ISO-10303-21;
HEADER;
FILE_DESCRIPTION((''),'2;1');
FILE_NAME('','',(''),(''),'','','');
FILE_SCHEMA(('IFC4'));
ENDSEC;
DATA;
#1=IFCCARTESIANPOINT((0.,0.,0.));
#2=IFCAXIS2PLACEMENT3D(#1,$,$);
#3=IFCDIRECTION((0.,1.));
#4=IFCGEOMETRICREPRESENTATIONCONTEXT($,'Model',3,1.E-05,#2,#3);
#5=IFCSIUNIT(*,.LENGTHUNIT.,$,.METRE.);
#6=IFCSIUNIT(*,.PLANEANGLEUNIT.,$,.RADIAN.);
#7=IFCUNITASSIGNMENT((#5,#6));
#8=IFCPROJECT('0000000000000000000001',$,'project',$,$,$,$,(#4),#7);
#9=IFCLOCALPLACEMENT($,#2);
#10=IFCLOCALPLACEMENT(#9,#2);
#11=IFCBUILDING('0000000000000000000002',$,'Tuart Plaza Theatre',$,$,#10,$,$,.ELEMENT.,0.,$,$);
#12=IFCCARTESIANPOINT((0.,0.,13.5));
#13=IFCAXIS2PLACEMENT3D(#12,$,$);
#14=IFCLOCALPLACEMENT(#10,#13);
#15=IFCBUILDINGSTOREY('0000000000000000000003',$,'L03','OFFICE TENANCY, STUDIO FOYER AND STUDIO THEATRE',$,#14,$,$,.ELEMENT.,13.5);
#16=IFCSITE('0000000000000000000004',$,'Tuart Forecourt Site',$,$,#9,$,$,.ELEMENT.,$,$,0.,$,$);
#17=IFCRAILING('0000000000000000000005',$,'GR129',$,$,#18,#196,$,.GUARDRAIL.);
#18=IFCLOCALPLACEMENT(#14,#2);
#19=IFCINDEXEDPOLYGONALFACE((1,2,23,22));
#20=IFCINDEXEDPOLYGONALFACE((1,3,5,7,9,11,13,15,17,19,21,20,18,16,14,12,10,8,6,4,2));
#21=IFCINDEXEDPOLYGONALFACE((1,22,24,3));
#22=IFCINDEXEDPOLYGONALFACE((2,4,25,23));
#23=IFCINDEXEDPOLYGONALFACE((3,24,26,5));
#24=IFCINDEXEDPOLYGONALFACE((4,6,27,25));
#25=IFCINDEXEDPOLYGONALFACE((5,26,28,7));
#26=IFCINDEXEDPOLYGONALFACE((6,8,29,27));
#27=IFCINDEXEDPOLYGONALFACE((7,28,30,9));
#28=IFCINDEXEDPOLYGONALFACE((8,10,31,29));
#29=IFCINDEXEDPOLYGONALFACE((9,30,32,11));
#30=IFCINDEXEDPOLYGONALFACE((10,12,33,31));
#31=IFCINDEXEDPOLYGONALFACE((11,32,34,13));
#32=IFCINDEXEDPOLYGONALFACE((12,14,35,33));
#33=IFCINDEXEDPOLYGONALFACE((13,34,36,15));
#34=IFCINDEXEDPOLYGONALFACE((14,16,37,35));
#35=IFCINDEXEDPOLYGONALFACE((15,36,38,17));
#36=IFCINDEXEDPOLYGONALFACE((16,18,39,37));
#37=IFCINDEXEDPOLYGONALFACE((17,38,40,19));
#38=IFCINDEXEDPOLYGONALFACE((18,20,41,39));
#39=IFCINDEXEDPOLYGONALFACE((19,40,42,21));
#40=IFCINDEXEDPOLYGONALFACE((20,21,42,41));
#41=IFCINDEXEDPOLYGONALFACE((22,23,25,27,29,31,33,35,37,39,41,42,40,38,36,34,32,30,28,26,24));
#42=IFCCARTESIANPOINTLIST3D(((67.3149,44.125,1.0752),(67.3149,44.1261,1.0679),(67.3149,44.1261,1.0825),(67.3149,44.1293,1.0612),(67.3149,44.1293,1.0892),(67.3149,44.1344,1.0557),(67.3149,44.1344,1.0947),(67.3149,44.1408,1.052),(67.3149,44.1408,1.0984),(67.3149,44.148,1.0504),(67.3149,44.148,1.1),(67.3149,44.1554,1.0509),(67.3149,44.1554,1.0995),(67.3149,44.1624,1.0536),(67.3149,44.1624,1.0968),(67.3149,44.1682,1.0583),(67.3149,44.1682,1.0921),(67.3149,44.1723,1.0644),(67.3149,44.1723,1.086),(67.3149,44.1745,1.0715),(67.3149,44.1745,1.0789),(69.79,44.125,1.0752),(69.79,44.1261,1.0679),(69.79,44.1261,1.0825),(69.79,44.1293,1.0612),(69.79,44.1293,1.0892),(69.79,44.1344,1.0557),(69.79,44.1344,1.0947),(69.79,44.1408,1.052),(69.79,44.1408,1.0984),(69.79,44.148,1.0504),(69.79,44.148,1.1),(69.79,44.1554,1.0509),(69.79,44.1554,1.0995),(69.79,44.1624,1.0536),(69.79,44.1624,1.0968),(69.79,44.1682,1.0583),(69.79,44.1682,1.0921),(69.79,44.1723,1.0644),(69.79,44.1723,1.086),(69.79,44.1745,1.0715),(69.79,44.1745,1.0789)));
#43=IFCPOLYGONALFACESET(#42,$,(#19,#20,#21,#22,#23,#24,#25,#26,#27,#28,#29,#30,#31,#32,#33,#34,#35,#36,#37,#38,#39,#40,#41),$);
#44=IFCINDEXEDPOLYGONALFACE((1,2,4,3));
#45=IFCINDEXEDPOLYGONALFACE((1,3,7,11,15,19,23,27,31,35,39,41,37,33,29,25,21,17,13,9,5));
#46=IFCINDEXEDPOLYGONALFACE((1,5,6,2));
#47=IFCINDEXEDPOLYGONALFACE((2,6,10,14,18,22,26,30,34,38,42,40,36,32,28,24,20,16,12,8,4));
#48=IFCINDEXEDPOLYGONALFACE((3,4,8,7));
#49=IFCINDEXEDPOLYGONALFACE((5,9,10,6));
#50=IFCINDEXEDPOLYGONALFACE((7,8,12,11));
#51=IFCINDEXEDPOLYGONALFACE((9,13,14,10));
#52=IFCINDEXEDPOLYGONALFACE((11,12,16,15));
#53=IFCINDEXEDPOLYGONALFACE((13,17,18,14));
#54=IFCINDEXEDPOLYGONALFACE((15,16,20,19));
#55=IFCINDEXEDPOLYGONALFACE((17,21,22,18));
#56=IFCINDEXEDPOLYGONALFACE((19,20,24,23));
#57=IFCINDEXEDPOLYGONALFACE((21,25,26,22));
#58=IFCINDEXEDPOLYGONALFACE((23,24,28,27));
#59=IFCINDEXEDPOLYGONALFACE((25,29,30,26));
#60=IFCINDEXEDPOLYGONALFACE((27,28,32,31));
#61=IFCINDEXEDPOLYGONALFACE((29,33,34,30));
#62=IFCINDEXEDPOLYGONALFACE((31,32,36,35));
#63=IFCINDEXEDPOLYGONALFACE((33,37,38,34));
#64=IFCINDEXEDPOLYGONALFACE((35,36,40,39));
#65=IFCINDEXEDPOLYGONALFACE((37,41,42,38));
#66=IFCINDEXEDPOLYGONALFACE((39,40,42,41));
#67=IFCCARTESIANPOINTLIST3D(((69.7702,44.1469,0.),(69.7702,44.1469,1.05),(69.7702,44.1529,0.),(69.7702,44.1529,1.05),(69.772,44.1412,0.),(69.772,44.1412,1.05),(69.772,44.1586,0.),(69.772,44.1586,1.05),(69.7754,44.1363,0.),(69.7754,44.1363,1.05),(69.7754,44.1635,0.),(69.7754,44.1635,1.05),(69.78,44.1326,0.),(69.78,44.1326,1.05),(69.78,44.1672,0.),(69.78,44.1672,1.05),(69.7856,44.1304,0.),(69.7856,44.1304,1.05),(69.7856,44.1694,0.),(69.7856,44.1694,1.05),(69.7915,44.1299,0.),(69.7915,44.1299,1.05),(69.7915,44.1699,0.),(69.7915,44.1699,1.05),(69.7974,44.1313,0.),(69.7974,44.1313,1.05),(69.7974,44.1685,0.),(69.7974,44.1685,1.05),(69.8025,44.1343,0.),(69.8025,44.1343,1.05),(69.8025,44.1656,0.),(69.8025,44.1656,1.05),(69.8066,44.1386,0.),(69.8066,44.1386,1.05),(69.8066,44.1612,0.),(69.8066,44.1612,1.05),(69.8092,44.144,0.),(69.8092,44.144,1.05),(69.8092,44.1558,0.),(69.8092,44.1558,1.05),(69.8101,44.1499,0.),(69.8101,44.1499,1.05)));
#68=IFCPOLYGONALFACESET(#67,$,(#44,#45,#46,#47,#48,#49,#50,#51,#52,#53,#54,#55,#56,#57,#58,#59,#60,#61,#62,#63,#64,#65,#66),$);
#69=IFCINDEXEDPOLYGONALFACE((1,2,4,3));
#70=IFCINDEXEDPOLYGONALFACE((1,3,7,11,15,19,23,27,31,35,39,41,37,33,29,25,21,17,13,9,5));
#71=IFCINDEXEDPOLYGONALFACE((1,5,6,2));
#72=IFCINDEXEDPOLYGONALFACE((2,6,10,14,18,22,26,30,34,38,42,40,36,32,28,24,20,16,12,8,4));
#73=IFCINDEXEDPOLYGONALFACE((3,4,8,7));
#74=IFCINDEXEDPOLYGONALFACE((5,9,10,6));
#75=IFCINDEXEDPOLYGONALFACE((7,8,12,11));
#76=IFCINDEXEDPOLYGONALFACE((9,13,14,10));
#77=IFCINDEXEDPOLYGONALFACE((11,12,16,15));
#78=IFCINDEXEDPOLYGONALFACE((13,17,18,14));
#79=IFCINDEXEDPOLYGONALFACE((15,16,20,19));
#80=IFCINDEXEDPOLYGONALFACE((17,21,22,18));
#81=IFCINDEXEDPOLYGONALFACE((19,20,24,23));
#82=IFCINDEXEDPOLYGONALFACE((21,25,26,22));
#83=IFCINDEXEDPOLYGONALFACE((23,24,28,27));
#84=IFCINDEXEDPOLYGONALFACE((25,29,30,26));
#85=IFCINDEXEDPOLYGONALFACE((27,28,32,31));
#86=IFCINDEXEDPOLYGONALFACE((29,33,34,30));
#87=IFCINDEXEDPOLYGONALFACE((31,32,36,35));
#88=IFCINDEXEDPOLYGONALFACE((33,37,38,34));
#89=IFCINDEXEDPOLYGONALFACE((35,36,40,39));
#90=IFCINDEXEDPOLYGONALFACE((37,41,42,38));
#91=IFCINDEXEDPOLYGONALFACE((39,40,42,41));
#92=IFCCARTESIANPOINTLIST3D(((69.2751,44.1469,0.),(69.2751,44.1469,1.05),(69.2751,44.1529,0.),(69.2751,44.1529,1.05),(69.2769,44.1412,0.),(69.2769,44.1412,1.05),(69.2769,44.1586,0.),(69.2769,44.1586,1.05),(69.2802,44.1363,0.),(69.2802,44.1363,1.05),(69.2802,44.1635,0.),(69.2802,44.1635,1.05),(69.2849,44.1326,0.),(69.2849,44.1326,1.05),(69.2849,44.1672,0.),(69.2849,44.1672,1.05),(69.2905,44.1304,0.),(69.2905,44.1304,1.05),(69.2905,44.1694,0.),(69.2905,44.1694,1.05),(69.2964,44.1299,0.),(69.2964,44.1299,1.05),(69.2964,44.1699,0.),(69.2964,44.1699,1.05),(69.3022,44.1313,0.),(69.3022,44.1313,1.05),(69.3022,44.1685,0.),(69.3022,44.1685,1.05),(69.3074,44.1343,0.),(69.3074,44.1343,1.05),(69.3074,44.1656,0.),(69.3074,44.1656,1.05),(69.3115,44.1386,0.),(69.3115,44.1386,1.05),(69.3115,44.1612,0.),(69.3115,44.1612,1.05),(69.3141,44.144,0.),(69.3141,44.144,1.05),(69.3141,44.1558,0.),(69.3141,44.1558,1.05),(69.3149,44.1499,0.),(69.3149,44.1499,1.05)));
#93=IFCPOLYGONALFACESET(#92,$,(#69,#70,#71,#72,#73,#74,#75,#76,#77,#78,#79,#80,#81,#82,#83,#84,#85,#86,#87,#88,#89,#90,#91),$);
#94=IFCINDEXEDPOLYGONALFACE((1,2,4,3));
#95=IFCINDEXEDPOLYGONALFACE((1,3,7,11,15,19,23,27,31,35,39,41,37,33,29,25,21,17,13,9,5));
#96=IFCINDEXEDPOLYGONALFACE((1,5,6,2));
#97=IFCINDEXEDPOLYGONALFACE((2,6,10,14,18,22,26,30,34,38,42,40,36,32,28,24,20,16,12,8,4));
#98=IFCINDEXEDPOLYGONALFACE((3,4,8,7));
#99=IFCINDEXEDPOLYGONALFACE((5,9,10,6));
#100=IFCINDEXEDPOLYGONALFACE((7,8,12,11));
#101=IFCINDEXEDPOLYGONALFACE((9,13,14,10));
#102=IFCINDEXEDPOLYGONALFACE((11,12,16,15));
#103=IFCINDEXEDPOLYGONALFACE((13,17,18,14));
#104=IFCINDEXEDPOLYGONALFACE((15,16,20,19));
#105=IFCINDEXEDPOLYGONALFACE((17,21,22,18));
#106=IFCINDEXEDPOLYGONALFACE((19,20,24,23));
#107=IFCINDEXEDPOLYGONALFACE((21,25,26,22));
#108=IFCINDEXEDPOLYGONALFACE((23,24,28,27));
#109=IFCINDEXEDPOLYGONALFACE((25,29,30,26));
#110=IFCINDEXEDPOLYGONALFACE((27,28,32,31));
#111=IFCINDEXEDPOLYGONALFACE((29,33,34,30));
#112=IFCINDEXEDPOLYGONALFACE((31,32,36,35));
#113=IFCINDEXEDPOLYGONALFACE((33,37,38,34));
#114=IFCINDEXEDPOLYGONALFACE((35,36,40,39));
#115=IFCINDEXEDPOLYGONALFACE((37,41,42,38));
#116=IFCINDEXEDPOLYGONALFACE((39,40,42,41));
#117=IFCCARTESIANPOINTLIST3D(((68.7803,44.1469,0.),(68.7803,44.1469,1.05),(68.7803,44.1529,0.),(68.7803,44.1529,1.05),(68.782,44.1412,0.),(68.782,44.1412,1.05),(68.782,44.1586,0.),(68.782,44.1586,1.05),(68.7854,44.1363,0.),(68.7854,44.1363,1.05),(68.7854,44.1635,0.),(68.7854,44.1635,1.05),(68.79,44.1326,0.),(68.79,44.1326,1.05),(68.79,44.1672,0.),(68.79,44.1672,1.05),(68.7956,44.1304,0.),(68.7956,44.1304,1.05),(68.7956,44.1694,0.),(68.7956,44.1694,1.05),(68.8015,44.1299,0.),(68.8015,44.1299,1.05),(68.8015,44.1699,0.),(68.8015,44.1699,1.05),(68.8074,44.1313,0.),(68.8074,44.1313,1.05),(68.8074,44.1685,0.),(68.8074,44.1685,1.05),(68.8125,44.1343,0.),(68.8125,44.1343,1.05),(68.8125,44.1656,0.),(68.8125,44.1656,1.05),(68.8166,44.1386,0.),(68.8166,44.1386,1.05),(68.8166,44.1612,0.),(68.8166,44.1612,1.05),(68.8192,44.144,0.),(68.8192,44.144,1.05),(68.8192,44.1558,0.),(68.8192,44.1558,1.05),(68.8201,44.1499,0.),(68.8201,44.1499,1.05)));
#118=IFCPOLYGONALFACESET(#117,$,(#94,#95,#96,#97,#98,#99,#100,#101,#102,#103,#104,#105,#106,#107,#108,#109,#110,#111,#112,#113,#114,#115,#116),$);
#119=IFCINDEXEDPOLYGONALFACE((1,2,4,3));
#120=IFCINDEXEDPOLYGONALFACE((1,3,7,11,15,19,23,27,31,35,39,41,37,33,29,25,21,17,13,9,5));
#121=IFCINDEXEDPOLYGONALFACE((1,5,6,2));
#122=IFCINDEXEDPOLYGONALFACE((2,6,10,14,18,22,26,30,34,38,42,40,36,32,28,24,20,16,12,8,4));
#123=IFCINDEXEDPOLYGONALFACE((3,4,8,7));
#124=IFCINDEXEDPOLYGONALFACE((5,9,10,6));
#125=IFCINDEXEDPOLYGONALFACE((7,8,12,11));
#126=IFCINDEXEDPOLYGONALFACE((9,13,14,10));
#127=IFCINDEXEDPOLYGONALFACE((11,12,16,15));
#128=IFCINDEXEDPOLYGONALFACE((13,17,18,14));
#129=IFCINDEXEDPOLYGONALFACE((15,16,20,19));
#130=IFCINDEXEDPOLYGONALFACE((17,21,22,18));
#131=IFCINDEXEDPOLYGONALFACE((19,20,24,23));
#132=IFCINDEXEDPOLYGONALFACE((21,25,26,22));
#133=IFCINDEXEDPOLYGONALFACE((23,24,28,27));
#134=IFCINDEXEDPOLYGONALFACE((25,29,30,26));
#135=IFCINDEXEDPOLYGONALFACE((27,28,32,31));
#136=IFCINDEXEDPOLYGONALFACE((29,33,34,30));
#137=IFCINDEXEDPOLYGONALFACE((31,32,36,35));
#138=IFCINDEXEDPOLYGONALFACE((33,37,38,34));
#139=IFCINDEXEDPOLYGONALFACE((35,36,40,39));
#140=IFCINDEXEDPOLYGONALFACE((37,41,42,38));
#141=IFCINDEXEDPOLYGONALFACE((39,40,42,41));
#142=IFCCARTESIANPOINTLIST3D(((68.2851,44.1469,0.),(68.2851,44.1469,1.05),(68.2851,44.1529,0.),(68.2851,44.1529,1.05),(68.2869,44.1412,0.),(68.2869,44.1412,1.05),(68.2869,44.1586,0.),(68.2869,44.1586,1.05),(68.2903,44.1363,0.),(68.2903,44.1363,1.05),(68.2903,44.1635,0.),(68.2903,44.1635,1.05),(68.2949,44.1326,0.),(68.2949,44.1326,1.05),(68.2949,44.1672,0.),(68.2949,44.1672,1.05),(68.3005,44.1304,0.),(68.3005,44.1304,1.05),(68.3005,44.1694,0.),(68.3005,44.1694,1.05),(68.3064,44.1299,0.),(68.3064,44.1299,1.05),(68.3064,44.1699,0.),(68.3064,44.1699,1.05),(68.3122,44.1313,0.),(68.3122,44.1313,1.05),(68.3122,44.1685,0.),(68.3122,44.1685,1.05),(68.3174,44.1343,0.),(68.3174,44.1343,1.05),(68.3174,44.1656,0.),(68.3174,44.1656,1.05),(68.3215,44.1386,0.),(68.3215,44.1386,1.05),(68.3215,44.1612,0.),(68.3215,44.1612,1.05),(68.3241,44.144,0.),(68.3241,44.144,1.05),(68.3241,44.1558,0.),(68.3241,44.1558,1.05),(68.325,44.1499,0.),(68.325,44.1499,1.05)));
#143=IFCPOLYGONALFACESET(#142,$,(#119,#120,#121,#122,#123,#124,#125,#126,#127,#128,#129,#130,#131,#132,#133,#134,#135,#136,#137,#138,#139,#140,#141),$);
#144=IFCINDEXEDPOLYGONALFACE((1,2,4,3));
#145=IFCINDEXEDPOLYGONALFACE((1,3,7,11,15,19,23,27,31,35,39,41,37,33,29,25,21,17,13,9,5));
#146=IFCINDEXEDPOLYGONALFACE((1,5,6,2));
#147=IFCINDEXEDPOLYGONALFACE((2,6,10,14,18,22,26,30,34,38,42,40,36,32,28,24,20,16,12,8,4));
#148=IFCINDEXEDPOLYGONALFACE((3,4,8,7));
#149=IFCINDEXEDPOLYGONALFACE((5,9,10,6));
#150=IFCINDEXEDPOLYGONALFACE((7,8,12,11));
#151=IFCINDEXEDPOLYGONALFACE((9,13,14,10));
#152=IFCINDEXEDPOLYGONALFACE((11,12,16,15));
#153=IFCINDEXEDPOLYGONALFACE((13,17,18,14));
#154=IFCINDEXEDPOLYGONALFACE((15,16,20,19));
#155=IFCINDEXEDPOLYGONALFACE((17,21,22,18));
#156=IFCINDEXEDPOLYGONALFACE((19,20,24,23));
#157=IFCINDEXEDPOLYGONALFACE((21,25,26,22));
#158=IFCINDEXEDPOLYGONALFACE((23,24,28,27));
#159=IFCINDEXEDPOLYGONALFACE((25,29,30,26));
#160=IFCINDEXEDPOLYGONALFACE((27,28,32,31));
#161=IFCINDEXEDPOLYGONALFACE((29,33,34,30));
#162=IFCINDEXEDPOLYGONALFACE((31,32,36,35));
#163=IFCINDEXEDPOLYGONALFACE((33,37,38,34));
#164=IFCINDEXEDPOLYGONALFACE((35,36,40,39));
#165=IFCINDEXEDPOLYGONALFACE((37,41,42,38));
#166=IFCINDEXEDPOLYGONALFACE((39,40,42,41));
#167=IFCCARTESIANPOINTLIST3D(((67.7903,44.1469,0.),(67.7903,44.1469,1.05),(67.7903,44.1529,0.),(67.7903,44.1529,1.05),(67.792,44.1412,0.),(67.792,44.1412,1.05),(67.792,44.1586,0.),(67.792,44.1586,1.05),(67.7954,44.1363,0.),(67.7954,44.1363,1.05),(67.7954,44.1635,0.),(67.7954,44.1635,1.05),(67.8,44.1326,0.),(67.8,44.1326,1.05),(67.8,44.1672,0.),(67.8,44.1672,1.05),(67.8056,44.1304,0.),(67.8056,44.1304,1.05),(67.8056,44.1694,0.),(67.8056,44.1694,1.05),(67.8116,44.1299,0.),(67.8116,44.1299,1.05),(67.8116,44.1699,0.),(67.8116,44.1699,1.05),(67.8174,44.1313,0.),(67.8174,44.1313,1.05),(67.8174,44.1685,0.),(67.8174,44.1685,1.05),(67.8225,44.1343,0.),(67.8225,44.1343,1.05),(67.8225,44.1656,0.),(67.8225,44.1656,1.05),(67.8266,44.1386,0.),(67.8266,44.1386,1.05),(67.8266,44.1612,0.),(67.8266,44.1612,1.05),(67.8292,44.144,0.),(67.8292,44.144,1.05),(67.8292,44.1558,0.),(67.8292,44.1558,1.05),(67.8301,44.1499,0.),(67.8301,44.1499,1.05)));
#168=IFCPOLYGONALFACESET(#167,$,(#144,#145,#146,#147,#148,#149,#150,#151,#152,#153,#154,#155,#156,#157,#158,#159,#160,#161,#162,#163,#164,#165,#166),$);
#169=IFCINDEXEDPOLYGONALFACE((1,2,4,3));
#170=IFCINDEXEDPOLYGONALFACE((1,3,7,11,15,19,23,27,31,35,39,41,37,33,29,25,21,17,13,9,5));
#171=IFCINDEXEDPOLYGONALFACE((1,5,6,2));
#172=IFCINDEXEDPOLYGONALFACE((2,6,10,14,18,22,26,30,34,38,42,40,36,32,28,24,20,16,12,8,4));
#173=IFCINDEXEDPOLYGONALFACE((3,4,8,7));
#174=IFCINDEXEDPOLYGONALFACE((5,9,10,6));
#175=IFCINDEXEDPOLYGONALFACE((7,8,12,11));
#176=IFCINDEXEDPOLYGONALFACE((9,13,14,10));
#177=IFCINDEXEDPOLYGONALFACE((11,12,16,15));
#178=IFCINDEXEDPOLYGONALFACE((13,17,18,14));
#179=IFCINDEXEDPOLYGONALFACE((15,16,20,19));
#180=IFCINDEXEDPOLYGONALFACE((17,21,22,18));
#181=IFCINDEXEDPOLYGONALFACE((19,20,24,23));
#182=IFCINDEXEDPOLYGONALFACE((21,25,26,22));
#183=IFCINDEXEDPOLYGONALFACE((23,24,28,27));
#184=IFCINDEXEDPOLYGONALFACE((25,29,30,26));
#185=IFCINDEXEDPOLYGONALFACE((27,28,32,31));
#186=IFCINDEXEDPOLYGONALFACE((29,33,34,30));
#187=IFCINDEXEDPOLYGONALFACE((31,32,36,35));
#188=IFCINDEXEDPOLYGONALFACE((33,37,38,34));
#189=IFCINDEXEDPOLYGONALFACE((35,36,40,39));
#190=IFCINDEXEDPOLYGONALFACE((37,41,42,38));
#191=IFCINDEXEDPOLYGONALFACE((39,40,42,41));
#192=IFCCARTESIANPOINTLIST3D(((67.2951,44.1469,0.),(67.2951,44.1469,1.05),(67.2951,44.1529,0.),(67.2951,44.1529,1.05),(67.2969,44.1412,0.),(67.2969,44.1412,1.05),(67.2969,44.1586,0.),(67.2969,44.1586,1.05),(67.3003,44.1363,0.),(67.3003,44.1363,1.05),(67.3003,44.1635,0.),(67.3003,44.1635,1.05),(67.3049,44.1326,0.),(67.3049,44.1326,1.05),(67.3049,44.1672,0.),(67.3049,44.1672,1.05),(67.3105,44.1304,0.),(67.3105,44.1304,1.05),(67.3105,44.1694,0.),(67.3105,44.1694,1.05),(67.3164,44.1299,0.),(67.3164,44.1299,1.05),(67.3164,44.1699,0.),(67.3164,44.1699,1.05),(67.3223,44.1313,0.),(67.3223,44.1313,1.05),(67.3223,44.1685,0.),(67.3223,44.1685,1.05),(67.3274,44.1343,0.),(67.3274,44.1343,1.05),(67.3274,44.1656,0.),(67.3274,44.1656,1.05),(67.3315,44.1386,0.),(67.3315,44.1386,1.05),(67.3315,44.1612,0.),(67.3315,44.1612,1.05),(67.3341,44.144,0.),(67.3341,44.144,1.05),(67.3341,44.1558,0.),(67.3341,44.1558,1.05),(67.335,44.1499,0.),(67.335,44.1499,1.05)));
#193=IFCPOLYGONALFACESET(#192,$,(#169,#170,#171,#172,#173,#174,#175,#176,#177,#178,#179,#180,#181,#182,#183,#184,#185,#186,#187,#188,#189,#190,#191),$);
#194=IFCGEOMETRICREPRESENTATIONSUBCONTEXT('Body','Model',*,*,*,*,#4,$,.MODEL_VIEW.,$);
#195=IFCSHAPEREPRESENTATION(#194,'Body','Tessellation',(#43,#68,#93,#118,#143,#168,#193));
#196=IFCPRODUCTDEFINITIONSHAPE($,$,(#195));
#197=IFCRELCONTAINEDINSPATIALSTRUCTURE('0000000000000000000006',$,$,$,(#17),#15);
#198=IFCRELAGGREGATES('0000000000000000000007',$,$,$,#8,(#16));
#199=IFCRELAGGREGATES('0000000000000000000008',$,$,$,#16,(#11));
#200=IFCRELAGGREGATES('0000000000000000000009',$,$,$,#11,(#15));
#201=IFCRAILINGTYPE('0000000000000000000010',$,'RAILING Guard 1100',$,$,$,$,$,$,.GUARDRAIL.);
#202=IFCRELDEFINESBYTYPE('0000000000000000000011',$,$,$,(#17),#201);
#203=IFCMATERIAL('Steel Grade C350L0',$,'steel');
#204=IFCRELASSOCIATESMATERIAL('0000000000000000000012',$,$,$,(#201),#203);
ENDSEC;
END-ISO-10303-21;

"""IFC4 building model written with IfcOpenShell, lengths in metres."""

from ifc_helpers import new_model, si_unit, direction, frame, origin, origin_2d, place, context, subcontext, project, spatial, circle, extrude, material, type_object, element, save


model = new_model("IFC4")

# Units and contexts
model_context = context("Model", 3, precision=1e-05, world=origin(), true_north=direction((0.0, 1.0)))
body_context = subcontext(model_context, "Body", "Model", "MODEL_VIEW")
ifc_project = project(units=[si_unit("LENGTHUNIT", "METRE"), si_unit("PLANEANGLEUNIT", "RADIAN")], contexts=[model_context])

# Site, building, storey
site_placement = place(None, origin())
site = spatial("IfcSite", under=ifc_project, at=site_placement, Name="Tuart Forecourt Site", CompositionType="ELEMENT", RefElevation=0.0)
building_placement = place(site_placement, origin())
building = spatial("IfcBuilding", under=site, at=building_placement, Name="Tuart Plaza Theatre", CompositionType="ELEMENT", ElevationOfRefHeight=0.0)
storey_placement = place(building_placement, frame((0.0, 0.0, 13.5)))
storey = spatial("IfcBuildingStorey", under=building, at=storey_placement, Name="L03", Description="OFFICE TENANCY, STUDIO FOYER AND STUDIO THEATRE", CompositionType="ELEMENT", Elevation=13.5)

# Railing
ifc_material_1 = material(Name="Steel Grade C350L0", Category="steel")
railing_type = type_object("IfcRailingType", Name="RAILING Guard 1100", PredefinedType="GUARDRAIL", material=ifc_material_1)
railing_1_placement = place(storey_placement, frame((69.79, 44.1499, 0.0)))
element("IfcRailing", 1, at=railing_1_placement, inside=storey, type_object=railing_type, Name="GR129", PredefinedType="GUARDRAIL", context=body_context, shape_type="SweptSolid", body=[
    extrude(circle(Radius=0.0249, at=origin_2d()), frame((0.0, 0.0, 1.0752), z_axis=(-1.0, 0.0, 0.0), x_axis=(0.0, -1.0, 0.0)), (0.0, 0.0, 1.0), 2.4751),
    extrude(circle(Radius=0.02, at=origin_2d()), origin(), (0.0, 0.0, 1.0), 1.05),
    extrude(circle(Radius=0.02, at=origin_2d()), frame((-0.4951, 0.0, 0.0)), (0.0, 0.0, 1.0), 1.05),
    extrude(circle(Radius=0.02, at=origin_2d()), frame((-0.99, 0.0, 0.0)), (0.0, 0.0, 1.0), 1.05),
    extrude(circle(Radius=0.02, at=origin_2d()), frame((-1.4851, 0.0, 0.0)), (0.0, 0.0, 1.0), 1.05),
    extrude(circle(Radius=0.02, at=origin_2d()), frame((-1.98, 0.0, 0.0)), (0.0, 0.0, 1.0), 1.05),
    extrude(circle(Radius=0.02, at=origin_2d()), frame((-2.4751, 0.0, 0.0)), (0.0, 0.0, 1.0), 1.05),
])

save(model, "model.ifc")
